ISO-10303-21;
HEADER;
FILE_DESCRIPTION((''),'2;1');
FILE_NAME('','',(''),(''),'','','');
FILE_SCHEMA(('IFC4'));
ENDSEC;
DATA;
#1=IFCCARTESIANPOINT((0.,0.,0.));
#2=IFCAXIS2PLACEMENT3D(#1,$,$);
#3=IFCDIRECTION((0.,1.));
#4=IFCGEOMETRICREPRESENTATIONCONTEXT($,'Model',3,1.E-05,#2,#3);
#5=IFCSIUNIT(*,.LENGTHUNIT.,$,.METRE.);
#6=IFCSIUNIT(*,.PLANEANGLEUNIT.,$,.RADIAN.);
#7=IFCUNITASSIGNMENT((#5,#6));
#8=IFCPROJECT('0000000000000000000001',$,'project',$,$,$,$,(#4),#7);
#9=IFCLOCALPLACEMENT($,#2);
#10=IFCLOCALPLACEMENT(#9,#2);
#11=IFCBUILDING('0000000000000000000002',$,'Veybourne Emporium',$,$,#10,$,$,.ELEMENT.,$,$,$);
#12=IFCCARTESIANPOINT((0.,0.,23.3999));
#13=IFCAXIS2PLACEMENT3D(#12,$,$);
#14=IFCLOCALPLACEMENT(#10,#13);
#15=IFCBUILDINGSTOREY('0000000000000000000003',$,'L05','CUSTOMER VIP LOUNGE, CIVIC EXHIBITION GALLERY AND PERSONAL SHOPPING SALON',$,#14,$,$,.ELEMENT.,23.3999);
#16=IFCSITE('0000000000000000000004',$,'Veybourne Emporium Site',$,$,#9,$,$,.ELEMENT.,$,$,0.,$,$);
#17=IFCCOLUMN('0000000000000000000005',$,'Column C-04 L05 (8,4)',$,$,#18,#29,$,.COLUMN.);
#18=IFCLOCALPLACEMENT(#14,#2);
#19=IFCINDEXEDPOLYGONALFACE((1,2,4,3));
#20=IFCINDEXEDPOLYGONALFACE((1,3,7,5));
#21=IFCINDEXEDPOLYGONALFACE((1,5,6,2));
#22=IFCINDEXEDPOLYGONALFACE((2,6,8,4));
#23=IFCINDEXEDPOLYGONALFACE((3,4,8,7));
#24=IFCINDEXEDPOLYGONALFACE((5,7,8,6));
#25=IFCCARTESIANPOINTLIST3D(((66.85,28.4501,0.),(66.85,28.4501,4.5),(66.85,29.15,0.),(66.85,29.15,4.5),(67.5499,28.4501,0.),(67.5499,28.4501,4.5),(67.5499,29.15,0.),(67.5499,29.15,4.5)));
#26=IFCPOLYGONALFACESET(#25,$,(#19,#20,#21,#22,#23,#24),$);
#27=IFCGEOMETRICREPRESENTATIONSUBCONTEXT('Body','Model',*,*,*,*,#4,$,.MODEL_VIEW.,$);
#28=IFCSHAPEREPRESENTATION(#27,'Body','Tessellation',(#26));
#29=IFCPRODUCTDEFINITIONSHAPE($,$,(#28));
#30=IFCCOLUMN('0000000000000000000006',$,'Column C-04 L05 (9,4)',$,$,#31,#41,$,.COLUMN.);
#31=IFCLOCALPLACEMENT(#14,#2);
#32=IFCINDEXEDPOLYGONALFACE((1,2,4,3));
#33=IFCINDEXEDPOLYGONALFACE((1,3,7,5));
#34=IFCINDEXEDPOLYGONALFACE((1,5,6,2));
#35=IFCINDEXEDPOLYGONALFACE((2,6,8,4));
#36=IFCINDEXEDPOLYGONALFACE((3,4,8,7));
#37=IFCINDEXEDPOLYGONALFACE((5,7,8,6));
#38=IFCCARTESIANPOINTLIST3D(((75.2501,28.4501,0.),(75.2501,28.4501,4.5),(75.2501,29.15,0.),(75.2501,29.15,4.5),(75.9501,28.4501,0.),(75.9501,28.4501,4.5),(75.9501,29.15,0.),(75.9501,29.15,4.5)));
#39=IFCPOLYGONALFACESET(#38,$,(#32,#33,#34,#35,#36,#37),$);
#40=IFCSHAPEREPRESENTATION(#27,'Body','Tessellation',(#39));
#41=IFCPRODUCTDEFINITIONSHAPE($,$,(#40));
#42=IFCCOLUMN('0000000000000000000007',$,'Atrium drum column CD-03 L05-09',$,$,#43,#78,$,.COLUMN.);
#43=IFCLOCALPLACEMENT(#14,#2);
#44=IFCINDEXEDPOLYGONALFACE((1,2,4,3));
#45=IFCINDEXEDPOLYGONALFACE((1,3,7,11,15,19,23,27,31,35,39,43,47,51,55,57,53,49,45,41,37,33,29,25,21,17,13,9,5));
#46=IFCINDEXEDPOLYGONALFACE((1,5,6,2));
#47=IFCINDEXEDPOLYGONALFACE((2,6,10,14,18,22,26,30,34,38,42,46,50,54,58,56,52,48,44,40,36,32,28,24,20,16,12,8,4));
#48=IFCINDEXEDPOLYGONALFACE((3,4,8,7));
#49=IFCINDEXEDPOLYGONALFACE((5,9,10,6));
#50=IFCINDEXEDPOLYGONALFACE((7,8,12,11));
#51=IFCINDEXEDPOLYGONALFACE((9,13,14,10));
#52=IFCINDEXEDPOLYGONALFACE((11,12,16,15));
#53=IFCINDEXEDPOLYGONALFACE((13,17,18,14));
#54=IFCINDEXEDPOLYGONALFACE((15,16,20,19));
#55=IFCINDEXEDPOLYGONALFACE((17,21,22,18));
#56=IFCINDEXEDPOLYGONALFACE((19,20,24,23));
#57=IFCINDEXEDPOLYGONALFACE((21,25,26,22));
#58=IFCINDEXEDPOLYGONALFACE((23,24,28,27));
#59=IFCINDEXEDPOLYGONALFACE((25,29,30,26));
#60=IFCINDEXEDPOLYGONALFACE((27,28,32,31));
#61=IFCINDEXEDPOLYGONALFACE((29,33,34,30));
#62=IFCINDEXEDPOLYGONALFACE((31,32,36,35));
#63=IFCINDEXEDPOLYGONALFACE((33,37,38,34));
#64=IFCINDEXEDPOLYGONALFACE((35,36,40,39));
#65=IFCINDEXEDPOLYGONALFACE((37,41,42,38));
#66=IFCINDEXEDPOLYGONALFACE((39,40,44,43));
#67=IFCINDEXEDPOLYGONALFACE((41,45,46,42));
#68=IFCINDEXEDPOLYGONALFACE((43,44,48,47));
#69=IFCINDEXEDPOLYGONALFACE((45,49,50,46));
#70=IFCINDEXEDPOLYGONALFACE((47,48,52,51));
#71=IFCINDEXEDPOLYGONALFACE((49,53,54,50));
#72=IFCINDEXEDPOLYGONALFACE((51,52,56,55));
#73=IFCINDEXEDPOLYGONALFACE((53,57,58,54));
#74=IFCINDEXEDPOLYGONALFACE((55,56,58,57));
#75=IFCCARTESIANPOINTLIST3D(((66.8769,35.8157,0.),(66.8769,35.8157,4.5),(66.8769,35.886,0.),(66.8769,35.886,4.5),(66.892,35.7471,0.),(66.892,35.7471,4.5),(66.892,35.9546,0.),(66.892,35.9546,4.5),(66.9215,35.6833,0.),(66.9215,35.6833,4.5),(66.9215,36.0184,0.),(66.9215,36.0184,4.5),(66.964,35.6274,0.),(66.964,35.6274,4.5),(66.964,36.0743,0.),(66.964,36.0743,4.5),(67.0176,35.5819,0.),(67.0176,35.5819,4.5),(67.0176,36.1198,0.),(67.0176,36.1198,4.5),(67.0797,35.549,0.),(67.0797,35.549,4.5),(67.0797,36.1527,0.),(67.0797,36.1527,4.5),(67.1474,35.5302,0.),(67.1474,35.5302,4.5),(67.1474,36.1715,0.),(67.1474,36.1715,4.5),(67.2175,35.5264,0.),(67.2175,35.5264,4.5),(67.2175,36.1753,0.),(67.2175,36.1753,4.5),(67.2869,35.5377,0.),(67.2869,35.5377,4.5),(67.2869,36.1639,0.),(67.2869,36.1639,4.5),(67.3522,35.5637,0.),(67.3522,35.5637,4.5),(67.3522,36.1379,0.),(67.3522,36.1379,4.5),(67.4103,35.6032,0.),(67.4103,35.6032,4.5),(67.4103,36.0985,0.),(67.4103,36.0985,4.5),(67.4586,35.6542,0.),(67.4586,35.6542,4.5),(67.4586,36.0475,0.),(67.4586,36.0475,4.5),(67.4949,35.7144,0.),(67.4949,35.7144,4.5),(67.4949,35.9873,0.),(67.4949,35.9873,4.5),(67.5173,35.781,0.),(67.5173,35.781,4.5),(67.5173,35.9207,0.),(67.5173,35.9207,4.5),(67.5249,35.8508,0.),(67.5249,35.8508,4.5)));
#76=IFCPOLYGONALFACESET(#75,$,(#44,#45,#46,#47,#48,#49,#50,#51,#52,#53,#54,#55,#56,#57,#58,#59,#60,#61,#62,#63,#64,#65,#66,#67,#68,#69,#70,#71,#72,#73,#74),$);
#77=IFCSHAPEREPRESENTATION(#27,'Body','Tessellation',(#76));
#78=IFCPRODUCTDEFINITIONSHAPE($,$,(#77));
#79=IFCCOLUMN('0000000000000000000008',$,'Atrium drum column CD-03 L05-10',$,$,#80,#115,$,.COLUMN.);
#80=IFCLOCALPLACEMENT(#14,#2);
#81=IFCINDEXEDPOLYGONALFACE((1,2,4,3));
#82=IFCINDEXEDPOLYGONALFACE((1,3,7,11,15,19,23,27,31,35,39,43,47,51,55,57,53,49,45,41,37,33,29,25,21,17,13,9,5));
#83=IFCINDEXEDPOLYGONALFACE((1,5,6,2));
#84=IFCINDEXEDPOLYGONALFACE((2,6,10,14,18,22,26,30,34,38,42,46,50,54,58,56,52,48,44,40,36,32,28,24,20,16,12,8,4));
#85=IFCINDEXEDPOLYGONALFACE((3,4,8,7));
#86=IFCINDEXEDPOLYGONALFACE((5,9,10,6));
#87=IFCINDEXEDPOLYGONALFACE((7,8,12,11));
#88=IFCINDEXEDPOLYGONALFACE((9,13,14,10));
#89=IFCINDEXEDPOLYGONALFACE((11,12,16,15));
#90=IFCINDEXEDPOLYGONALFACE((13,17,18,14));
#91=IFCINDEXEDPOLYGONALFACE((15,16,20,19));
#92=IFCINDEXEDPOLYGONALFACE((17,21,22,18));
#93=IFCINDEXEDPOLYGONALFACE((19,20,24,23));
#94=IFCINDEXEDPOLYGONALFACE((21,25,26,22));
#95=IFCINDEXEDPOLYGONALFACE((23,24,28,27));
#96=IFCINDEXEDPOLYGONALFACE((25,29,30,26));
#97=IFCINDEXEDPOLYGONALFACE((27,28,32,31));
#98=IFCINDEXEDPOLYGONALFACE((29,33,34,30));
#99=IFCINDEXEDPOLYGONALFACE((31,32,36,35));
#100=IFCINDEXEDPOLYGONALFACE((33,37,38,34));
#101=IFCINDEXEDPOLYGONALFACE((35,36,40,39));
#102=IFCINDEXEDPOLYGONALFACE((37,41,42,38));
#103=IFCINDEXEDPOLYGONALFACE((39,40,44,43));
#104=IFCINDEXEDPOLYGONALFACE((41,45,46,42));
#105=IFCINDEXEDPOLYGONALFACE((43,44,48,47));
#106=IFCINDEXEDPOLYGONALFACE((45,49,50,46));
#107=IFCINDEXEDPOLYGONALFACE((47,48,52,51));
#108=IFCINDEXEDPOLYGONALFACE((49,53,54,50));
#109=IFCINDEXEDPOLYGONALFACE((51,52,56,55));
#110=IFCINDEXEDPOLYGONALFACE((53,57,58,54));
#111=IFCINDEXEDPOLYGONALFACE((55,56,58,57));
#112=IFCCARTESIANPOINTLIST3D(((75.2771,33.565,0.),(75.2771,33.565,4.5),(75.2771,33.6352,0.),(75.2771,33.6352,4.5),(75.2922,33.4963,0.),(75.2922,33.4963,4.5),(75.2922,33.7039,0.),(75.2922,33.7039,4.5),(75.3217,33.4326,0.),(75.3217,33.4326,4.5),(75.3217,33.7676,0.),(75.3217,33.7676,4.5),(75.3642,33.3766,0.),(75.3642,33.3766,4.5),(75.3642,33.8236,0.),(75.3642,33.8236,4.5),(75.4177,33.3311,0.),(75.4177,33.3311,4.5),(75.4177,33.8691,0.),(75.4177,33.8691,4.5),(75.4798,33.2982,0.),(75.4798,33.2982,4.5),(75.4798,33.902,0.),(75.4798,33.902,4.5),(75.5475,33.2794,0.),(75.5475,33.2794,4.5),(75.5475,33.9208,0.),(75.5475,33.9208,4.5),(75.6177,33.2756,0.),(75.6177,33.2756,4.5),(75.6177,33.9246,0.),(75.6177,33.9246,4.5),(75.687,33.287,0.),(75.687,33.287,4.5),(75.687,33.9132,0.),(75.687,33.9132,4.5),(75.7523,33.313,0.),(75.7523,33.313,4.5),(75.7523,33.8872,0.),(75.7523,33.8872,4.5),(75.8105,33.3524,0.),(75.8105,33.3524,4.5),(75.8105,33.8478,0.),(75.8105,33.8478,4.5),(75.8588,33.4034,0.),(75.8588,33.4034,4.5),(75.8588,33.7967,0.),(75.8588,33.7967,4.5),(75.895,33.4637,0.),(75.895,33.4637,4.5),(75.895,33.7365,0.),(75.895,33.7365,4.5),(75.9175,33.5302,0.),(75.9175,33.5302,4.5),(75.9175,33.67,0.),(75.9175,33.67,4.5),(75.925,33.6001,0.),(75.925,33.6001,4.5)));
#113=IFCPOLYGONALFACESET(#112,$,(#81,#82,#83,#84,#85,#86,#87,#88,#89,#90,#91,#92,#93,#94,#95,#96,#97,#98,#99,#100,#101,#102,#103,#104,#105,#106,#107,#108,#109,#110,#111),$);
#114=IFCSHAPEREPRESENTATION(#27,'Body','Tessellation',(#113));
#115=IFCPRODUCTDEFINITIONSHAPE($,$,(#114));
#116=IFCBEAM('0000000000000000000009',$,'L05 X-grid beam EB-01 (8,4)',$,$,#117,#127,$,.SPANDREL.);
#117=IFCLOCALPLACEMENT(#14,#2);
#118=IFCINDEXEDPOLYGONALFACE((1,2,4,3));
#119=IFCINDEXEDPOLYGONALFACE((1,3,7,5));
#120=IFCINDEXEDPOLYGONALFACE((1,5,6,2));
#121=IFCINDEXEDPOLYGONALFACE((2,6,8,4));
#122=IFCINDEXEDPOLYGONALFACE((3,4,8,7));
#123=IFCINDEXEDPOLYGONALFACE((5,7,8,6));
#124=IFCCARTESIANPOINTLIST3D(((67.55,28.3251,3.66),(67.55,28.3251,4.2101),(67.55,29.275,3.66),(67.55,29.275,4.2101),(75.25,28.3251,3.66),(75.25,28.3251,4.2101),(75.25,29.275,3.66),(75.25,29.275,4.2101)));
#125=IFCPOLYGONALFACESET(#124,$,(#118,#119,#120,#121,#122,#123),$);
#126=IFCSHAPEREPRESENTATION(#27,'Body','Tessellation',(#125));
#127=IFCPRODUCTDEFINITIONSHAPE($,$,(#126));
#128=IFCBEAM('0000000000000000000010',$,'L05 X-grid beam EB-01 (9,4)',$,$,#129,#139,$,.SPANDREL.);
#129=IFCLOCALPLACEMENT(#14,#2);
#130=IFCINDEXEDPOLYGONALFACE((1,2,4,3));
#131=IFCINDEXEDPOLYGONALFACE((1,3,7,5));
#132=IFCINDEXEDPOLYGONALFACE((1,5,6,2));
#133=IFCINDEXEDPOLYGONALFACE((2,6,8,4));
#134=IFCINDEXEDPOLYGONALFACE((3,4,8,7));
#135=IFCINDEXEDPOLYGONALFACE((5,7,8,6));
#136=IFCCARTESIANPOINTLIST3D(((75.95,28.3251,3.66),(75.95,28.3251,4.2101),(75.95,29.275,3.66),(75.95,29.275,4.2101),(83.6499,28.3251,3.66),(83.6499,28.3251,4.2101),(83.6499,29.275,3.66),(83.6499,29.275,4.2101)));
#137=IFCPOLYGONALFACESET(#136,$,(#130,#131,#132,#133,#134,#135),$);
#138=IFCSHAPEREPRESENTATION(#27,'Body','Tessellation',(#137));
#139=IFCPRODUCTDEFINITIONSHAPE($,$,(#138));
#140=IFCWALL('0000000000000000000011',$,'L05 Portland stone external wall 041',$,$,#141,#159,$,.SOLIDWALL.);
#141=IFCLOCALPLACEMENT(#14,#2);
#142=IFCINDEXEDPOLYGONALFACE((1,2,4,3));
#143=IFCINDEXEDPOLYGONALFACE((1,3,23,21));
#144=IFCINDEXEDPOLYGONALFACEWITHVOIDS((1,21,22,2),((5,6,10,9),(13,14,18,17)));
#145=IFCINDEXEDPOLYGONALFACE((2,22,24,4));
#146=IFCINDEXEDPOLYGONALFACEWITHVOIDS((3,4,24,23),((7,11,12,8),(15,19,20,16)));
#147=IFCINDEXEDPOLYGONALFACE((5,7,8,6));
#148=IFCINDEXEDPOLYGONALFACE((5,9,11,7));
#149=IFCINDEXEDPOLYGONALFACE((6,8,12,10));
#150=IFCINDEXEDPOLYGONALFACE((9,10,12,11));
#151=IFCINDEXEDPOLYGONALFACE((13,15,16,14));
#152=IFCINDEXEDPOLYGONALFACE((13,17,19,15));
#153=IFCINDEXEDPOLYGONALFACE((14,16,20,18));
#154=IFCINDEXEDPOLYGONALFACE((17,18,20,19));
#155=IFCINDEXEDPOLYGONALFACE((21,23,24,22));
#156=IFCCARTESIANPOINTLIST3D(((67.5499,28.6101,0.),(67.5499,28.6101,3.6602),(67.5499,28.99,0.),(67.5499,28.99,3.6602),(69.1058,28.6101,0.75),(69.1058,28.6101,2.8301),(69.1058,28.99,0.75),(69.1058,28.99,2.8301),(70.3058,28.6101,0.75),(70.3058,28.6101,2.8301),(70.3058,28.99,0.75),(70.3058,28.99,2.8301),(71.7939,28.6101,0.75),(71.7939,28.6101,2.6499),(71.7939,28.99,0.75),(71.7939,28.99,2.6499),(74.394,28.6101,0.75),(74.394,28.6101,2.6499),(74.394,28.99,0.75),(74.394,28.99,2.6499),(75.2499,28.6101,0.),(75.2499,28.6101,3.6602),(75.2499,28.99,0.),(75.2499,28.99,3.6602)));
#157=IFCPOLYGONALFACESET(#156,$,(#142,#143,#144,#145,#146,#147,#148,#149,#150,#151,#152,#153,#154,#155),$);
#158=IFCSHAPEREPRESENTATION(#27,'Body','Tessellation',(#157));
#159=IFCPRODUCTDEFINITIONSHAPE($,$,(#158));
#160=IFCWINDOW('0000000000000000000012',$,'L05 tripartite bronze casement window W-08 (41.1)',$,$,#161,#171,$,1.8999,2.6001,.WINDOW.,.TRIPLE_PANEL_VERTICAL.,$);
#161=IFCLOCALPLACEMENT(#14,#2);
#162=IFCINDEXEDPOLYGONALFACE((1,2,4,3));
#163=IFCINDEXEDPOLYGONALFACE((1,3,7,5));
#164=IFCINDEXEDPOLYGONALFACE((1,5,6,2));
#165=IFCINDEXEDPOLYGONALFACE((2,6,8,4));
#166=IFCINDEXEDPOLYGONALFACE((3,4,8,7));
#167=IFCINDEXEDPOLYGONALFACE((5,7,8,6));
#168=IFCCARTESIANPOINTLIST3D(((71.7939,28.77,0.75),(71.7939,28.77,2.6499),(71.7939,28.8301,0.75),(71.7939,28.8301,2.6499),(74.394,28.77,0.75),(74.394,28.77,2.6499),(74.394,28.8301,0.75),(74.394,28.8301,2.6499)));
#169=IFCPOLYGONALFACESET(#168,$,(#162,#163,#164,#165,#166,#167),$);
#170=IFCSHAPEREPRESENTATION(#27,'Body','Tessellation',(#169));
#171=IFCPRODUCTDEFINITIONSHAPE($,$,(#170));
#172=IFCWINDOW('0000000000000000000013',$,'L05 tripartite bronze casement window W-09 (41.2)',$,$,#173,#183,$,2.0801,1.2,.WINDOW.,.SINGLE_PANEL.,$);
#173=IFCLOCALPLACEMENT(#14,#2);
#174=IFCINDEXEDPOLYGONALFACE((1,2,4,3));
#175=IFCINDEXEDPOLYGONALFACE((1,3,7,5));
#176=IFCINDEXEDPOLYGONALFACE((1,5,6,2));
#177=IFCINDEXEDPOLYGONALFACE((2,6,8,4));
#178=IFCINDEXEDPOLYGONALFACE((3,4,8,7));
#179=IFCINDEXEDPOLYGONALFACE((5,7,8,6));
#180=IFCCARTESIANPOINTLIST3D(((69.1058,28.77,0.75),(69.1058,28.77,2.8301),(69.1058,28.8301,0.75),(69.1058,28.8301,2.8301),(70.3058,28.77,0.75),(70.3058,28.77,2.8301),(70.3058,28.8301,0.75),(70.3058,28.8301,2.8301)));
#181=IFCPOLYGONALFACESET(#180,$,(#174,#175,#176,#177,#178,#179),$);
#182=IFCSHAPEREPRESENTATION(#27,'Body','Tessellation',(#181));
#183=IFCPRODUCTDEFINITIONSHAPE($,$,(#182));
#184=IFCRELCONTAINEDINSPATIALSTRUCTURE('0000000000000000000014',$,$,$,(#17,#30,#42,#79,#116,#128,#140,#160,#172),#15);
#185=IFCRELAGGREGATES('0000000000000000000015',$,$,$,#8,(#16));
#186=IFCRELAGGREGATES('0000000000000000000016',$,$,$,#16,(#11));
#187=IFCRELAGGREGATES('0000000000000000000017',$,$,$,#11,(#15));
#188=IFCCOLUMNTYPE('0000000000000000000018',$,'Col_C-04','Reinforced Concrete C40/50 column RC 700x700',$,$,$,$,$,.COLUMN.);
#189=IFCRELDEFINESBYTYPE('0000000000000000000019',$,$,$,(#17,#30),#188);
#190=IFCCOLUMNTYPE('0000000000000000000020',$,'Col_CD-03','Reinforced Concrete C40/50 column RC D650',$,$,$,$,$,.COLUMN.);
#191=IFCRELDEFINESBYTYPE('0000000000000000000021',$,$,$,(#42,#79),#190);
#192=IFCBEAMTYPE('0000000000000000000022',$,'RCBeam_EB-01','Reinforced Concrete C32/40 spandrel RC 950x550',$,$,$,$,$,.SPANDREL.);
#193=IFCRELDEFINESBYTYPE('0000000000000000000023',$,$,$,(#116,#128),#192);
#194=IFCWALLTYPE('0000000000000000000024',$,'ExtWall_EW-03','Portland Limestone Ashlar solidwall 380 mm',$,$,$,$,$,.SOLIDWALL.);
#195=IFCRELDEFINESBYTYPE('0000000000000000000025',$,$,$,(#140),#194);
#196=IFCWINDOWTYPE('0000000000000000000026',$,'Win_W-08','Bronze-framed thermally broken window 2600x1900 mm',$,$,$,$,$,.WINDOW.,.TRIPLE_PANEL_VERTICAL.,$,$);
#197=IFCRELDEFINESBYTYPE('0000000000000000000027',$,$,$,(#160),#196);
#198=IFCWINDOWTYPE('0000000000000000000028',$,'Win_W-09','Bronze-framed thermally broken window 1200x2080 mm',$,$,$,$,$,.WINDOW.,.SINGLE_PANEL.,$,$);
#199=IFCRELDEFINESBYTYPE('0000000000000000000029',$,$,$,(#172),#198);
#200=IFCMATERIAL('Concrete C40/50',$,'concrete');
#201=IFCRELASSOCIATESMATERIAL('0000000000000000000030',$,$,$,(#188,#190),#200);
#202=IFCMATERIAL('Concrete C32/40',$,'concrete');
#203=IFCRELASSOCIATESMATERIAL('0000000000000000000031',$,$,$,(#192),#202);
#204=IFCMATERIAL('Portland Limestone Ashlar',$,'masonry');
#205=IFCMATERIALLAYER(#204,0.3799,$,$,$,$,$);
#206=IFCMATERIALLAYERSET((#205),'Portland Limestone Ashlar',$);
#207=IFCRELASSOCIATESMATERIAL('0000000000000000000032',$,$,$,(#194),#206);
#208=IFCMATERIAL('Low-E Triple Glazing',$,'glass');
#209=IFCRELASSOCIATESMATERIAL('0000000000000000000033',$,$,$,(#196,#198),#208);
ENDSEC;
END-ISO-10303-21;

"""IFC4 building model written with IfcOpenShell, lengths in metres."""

from ifc_helpers import new_model, si_unit, direction, frame, frame_2d, origin, origin_2d, place, context, subcontext, project, spatial, rectangle, circle, extrude, material, layer, layer_set, material_profile, profile_set, type_object, element, fill, save


model = new_model("IFC4")

# Units and contexts
model_context = context("Model", 3, precision=1e-05, world=origin(), true_north=direction((0.0, 1.0)))
body_context = subcontext(model_context, "Body", "Model", "MODEL_VIEW")
ifc_project = project(units=[si_unit("LENGTHUNIT", "METRE"), si_unit("PLANEANGLEUNIT", "RADIAN")], contexts=[model_context])

# Site, building, storey
site_placement = place(None, origin())
site = spatial("IfcSite", under=ifc_project, at=site_placement, Name="Veybourne Emporium Site", CompositionType="ELEMENT", RefElevation=0.0)
building_placement = place(site_placement, origin())
building = spatial("IfcBuilding", under=site, at=building_placement, Name="Veybourne Emporium", CompositionType="ELEMENT")
storey_placement = place(building_placement, frame((0.0, 0.0, 23.3999)))
storey = spatial("IfcBuildingStorey", under=building, at=storey_placement, Name="L05", Description="CUSTOMER VIP LOUNGE, CIVIC EXHIBITION GALLERY AND PERSONAL SHOPPING SALON", CompositionType="ELEMENT", Elevation=23.3999)

# Columns
ifc_material_1 = material(Name="Concrete C40/50", Category="concrete")
ifc_material_profile_1 = material_profile(ifc_material_1, rectangle(XDim=0.7, YDim=0.7, at=origin_2d()), Name="RC 700x700")
ifc_profile_set_1 = profile_set([ifc_material_profile_1], Name="Concrete C40/50")
column_type_1 = type_object("IfcColumnType", Name="Col_C-04", Description="Reinforced Concrete C40/50 column RC 700x700", PredefinedType="COLUMN", material=ifc_profile_set_1)
for number, where, z_axis, x_axis, name in (
    (1, (67.2, 28.8, 0.0), (0.0, 0.0, 1.0), (1.0, 0.0, 0.0), "Column C-04 L05 (8,4)"),
    (2, (75.6001, 28.8, 0.0), (0.0, 0.0, 1.0), (1.0, 0.0, 0.0), "Column C-04 L05 (9,4)"),
):
    element("IfcColumn", number, at=place(storey_placement, frame(where, z_axis=z_axis, x_axis=x_axis)), inside=storey, type_object=column_type_1, Name=name, PredefinedType="COLUMN", context=body_context, shape_type="SweptSolid", body=[
        extrude(rectangle(XDim=0.7, YDim=0.7, at=origin_2d()), origin(), (0.0, 0.0, 1.0), 4.5),
    ])
ifc_material_profile_2 = material_profile(ifc_material_1, circle(Radius=0.325, at=origin_2d()), Name="RC D650")
ifc_profile_set_2 = profile_set([ifc_material_profile_2], Name="Concrete C40/50")
column_type_2 = type_object("IfcColumnType", Name="Col_CD-03", Description="Reinforced Concrete C40/50 column RC D650", PredefinedType="COLUMN", material=ifc_profile_set_2)
for number, where, z_axis, x_axis, name in (
    (3, (67.2, 35.8508, 0.0), (0.0, 0.0, 1.0), (1.0, 0.0, 0.0), "Atrium drum column CD-03 L05-09"),
    (4, (75.6001, 33.6001, 0.0), (0.0, 0.0, 1.0), (1.0, 0.0, 0.0), "Atrium drum column CD-03 L05-10"),
):
    element("IfcColumn", number, at=place(storey_placement, frame(where, z_axis=z_axis, x_axis=x_axis)), inside=storey, type_object=column_type_2, Name=name, PredefinedType="COLUMN", context=body_context, shape_type="SweptSolid", body=[
        extrude(circle(Radius=0.325, at=origin_2d()), origin(), (0.0, 0.0, 1.0), 4.5),
    ])

# Beams
ifc_material_2 = material(Name="Concrete C32/40", Category="concrete")
ifc_material_profile_3 = material_profile(ifc_material_2, rectangle(XDim=0.95, YDim=0.55, at=origin_2d()), Name="RC 950x550")
ifc_profile_set_3 = profile_set([ifc_material_profile_3], Name="Concrete C32/40")
beam_type = type_object("IfcBeamType", Name="RCBeam_EB-01", Description="Reinforced Concrete C32/40 spandrel RC 950x550", PredefinedType="SPANDREL", material=ifc_profile_set_3)
for number, where, z_axis, x_axis, name in (
    (5, (67.55, 28.8, 3.9351), (1.0, 0.0, 0.0), (0.0, 1.0, 0.0), "L05 X-grid beam EB-01 (8,4)"),
    (6, (75.95, 28.8, 3.9351), (1.0, 0.0, 0.0), (0.0, 1.0, 0.0), "L05 X-grid beam EB-01 (9,4)"),
):
    element("IfcBeam", number, at=place(storey_placement, frame(where, z_axis=z_axis, x_axis=x_axis)), inside=storey, type_object=beam_type, Name=name, PredefinedType="SPANDREL", context=body_context, shape_type="SweptSolid", body=[
        extrude(rectangle(XDim=0.95, YDim=0.55, at=origin_2d()), origin(), (0.0, 0.0, 1.0), 7.7),
    ])

# Wall, openings, windows
ifc_material_3 = material(Name="Portland Limestone Ashlar", Category="masonry")
ifc_layer_1 = layer(ifc_material_3, 0.3799)
ifc_layer_set_1 = layer_set([ifc_layer_1], Name="Portland Limestone Ashlar")
wall_type_1 = type_object("IfcWallType", Name="ExtWall_EW-03", Description="Portland Limestone Ashlar solidwall 380 mm", PredefinedType="SOLIDWALL", material=ifc_layer_set_1)
wall_1_placement = place(storey_placement, frame((75.25, 28.8, 0.0), z_axis=(0.0, 0.0, 1.0), x_axis=(-1.0, 0.0, 0.0)))
wall_1 = element("IfcWall", 7, at=wall_1_placement, inside=storey, type_object=wall_type_1, Name="L05 Portland stone external wall 041", PredefinedType="SOLIDWALL", context=body_context, shape_type="SweptSolid", body=[
    extrude(rectangle(XDim=7.7, YDim=0.3799, at=frame_2d((3.8501, 0.0))), origin(), (0.0, 0.0, 1.0), 3.6602),
])
opening_1_placement = place(wall_1_placement, frame((0.856, 0.0, 0.75)))
opening_1 = element("IfcOpeningElement", 8, at=opening_1_placement, cuts=wall_1, PredefinedType="OPENING", context=body_context, shape_type="SweptSolid", body=[
    extrude(rectangle(XDim=2.6001, YDim=1.8999, at=frame_2d((1.3, 0.95))), frame((0.0, 0.21, 0.0), z_axis=(0.0, -1.0, 0.0), x_axis=(1.0, 0.0, 0.0)), (0.0, 0.0, 1.0), 0.4199),
])
opening_2_placement = place(wall_1_placement, frame((4.9441, 0.0, 0.75)))
opening_2 = element("IfcOpeningElement", 9, at=opening_2_placement, cuts=wall_1, PredefinedType="OPENING", context=body_context, shape_type="SweptSolid", body=[
    extrude(rectangle(XDim=1.2, YDim=2.0801, at=frame_2d((0.6001, 1.04))), frame((0.0, 0.21, 0.0), z_axis=(0.0, -1.0, 0.0), x_axis=(1.0, 0.0, 0.0)), (0.0, 0.0, 1.0), 0.4199),
])
ifc_material_4 = material(Name="Low-E Triple Glazing", Category="glass")
window_type_1 = type_object("IfcWindowType", Name="Win_W-08", Description="Bronze-framed thermally broken window 2600x1900 mm", PartitioningType="TRIPLE_PANEL_VERTICAL", PredefinedType="WINDOW", material=ifc_material_4)
window_1_placement = place(opening_1_placement, origin())
window_1 = element("IfcWindow", 10, at=window_1_placement, inside=storey, type_object=window_type_1, Name="L05 tripartite bronze casement window W-08 (41.1)", OverallHeight=1.8999, OverallWidth=2.6001, PartitioningType="TRIPLE_PANEL_VERTICAL", PredefinedType="WINDOW", context=body_context, shape_type="SweptSolid", body=[
    extrude(rectangle(XDim=2.6001, YDim=1.8999, at=frame_2d((1.3, 0.95))), frame((0.0, 0.03, 0.0), z_axis=(0.0, -1.0, 0.0), x_axis=(1.0, 0.0, 0.0)), (0.0, 0.0, 1.0), 0.0601),
])
fill(opening_1, window_1)
window_type_2 = type_object("IfcWindowType", Name="Win_W-09", Description="Bronze-framed thermally broken window 1200x2080 mm", PartitioningType="SINGLE_PANEL", PredefinedType="WINDOW", material=ifc_material_4)
window_2_placement = place(opening_2_placement, origin())
window_2 = element("IfcWindow", 11, at=window_2_placement, inside=storey, type_object=window_type_2, Name="L05 tripartite bronze casement window W-09 (41.2)", OverallHeight=2.0801, OverallWidth=1.2, PartitioningType="SINGLE_PANEL", PredefinedType="WINDOW", context=body_context, shape_type="SweptSolid", body=[
    extrude(rectangle(XDim=1.2, YDim=2.0801, at=frame_2d((0.6001, 1.04))), frame((0.0, 0.03, 0.0), z_axis=(0.0, -1.0, 0.0), x_axis=(1.0, 0.0, 0.0)), (0.0, 0.0, 1.0), 0.0601),
])
fill(opening_2, window_2)

save(model, "model.ifc")
